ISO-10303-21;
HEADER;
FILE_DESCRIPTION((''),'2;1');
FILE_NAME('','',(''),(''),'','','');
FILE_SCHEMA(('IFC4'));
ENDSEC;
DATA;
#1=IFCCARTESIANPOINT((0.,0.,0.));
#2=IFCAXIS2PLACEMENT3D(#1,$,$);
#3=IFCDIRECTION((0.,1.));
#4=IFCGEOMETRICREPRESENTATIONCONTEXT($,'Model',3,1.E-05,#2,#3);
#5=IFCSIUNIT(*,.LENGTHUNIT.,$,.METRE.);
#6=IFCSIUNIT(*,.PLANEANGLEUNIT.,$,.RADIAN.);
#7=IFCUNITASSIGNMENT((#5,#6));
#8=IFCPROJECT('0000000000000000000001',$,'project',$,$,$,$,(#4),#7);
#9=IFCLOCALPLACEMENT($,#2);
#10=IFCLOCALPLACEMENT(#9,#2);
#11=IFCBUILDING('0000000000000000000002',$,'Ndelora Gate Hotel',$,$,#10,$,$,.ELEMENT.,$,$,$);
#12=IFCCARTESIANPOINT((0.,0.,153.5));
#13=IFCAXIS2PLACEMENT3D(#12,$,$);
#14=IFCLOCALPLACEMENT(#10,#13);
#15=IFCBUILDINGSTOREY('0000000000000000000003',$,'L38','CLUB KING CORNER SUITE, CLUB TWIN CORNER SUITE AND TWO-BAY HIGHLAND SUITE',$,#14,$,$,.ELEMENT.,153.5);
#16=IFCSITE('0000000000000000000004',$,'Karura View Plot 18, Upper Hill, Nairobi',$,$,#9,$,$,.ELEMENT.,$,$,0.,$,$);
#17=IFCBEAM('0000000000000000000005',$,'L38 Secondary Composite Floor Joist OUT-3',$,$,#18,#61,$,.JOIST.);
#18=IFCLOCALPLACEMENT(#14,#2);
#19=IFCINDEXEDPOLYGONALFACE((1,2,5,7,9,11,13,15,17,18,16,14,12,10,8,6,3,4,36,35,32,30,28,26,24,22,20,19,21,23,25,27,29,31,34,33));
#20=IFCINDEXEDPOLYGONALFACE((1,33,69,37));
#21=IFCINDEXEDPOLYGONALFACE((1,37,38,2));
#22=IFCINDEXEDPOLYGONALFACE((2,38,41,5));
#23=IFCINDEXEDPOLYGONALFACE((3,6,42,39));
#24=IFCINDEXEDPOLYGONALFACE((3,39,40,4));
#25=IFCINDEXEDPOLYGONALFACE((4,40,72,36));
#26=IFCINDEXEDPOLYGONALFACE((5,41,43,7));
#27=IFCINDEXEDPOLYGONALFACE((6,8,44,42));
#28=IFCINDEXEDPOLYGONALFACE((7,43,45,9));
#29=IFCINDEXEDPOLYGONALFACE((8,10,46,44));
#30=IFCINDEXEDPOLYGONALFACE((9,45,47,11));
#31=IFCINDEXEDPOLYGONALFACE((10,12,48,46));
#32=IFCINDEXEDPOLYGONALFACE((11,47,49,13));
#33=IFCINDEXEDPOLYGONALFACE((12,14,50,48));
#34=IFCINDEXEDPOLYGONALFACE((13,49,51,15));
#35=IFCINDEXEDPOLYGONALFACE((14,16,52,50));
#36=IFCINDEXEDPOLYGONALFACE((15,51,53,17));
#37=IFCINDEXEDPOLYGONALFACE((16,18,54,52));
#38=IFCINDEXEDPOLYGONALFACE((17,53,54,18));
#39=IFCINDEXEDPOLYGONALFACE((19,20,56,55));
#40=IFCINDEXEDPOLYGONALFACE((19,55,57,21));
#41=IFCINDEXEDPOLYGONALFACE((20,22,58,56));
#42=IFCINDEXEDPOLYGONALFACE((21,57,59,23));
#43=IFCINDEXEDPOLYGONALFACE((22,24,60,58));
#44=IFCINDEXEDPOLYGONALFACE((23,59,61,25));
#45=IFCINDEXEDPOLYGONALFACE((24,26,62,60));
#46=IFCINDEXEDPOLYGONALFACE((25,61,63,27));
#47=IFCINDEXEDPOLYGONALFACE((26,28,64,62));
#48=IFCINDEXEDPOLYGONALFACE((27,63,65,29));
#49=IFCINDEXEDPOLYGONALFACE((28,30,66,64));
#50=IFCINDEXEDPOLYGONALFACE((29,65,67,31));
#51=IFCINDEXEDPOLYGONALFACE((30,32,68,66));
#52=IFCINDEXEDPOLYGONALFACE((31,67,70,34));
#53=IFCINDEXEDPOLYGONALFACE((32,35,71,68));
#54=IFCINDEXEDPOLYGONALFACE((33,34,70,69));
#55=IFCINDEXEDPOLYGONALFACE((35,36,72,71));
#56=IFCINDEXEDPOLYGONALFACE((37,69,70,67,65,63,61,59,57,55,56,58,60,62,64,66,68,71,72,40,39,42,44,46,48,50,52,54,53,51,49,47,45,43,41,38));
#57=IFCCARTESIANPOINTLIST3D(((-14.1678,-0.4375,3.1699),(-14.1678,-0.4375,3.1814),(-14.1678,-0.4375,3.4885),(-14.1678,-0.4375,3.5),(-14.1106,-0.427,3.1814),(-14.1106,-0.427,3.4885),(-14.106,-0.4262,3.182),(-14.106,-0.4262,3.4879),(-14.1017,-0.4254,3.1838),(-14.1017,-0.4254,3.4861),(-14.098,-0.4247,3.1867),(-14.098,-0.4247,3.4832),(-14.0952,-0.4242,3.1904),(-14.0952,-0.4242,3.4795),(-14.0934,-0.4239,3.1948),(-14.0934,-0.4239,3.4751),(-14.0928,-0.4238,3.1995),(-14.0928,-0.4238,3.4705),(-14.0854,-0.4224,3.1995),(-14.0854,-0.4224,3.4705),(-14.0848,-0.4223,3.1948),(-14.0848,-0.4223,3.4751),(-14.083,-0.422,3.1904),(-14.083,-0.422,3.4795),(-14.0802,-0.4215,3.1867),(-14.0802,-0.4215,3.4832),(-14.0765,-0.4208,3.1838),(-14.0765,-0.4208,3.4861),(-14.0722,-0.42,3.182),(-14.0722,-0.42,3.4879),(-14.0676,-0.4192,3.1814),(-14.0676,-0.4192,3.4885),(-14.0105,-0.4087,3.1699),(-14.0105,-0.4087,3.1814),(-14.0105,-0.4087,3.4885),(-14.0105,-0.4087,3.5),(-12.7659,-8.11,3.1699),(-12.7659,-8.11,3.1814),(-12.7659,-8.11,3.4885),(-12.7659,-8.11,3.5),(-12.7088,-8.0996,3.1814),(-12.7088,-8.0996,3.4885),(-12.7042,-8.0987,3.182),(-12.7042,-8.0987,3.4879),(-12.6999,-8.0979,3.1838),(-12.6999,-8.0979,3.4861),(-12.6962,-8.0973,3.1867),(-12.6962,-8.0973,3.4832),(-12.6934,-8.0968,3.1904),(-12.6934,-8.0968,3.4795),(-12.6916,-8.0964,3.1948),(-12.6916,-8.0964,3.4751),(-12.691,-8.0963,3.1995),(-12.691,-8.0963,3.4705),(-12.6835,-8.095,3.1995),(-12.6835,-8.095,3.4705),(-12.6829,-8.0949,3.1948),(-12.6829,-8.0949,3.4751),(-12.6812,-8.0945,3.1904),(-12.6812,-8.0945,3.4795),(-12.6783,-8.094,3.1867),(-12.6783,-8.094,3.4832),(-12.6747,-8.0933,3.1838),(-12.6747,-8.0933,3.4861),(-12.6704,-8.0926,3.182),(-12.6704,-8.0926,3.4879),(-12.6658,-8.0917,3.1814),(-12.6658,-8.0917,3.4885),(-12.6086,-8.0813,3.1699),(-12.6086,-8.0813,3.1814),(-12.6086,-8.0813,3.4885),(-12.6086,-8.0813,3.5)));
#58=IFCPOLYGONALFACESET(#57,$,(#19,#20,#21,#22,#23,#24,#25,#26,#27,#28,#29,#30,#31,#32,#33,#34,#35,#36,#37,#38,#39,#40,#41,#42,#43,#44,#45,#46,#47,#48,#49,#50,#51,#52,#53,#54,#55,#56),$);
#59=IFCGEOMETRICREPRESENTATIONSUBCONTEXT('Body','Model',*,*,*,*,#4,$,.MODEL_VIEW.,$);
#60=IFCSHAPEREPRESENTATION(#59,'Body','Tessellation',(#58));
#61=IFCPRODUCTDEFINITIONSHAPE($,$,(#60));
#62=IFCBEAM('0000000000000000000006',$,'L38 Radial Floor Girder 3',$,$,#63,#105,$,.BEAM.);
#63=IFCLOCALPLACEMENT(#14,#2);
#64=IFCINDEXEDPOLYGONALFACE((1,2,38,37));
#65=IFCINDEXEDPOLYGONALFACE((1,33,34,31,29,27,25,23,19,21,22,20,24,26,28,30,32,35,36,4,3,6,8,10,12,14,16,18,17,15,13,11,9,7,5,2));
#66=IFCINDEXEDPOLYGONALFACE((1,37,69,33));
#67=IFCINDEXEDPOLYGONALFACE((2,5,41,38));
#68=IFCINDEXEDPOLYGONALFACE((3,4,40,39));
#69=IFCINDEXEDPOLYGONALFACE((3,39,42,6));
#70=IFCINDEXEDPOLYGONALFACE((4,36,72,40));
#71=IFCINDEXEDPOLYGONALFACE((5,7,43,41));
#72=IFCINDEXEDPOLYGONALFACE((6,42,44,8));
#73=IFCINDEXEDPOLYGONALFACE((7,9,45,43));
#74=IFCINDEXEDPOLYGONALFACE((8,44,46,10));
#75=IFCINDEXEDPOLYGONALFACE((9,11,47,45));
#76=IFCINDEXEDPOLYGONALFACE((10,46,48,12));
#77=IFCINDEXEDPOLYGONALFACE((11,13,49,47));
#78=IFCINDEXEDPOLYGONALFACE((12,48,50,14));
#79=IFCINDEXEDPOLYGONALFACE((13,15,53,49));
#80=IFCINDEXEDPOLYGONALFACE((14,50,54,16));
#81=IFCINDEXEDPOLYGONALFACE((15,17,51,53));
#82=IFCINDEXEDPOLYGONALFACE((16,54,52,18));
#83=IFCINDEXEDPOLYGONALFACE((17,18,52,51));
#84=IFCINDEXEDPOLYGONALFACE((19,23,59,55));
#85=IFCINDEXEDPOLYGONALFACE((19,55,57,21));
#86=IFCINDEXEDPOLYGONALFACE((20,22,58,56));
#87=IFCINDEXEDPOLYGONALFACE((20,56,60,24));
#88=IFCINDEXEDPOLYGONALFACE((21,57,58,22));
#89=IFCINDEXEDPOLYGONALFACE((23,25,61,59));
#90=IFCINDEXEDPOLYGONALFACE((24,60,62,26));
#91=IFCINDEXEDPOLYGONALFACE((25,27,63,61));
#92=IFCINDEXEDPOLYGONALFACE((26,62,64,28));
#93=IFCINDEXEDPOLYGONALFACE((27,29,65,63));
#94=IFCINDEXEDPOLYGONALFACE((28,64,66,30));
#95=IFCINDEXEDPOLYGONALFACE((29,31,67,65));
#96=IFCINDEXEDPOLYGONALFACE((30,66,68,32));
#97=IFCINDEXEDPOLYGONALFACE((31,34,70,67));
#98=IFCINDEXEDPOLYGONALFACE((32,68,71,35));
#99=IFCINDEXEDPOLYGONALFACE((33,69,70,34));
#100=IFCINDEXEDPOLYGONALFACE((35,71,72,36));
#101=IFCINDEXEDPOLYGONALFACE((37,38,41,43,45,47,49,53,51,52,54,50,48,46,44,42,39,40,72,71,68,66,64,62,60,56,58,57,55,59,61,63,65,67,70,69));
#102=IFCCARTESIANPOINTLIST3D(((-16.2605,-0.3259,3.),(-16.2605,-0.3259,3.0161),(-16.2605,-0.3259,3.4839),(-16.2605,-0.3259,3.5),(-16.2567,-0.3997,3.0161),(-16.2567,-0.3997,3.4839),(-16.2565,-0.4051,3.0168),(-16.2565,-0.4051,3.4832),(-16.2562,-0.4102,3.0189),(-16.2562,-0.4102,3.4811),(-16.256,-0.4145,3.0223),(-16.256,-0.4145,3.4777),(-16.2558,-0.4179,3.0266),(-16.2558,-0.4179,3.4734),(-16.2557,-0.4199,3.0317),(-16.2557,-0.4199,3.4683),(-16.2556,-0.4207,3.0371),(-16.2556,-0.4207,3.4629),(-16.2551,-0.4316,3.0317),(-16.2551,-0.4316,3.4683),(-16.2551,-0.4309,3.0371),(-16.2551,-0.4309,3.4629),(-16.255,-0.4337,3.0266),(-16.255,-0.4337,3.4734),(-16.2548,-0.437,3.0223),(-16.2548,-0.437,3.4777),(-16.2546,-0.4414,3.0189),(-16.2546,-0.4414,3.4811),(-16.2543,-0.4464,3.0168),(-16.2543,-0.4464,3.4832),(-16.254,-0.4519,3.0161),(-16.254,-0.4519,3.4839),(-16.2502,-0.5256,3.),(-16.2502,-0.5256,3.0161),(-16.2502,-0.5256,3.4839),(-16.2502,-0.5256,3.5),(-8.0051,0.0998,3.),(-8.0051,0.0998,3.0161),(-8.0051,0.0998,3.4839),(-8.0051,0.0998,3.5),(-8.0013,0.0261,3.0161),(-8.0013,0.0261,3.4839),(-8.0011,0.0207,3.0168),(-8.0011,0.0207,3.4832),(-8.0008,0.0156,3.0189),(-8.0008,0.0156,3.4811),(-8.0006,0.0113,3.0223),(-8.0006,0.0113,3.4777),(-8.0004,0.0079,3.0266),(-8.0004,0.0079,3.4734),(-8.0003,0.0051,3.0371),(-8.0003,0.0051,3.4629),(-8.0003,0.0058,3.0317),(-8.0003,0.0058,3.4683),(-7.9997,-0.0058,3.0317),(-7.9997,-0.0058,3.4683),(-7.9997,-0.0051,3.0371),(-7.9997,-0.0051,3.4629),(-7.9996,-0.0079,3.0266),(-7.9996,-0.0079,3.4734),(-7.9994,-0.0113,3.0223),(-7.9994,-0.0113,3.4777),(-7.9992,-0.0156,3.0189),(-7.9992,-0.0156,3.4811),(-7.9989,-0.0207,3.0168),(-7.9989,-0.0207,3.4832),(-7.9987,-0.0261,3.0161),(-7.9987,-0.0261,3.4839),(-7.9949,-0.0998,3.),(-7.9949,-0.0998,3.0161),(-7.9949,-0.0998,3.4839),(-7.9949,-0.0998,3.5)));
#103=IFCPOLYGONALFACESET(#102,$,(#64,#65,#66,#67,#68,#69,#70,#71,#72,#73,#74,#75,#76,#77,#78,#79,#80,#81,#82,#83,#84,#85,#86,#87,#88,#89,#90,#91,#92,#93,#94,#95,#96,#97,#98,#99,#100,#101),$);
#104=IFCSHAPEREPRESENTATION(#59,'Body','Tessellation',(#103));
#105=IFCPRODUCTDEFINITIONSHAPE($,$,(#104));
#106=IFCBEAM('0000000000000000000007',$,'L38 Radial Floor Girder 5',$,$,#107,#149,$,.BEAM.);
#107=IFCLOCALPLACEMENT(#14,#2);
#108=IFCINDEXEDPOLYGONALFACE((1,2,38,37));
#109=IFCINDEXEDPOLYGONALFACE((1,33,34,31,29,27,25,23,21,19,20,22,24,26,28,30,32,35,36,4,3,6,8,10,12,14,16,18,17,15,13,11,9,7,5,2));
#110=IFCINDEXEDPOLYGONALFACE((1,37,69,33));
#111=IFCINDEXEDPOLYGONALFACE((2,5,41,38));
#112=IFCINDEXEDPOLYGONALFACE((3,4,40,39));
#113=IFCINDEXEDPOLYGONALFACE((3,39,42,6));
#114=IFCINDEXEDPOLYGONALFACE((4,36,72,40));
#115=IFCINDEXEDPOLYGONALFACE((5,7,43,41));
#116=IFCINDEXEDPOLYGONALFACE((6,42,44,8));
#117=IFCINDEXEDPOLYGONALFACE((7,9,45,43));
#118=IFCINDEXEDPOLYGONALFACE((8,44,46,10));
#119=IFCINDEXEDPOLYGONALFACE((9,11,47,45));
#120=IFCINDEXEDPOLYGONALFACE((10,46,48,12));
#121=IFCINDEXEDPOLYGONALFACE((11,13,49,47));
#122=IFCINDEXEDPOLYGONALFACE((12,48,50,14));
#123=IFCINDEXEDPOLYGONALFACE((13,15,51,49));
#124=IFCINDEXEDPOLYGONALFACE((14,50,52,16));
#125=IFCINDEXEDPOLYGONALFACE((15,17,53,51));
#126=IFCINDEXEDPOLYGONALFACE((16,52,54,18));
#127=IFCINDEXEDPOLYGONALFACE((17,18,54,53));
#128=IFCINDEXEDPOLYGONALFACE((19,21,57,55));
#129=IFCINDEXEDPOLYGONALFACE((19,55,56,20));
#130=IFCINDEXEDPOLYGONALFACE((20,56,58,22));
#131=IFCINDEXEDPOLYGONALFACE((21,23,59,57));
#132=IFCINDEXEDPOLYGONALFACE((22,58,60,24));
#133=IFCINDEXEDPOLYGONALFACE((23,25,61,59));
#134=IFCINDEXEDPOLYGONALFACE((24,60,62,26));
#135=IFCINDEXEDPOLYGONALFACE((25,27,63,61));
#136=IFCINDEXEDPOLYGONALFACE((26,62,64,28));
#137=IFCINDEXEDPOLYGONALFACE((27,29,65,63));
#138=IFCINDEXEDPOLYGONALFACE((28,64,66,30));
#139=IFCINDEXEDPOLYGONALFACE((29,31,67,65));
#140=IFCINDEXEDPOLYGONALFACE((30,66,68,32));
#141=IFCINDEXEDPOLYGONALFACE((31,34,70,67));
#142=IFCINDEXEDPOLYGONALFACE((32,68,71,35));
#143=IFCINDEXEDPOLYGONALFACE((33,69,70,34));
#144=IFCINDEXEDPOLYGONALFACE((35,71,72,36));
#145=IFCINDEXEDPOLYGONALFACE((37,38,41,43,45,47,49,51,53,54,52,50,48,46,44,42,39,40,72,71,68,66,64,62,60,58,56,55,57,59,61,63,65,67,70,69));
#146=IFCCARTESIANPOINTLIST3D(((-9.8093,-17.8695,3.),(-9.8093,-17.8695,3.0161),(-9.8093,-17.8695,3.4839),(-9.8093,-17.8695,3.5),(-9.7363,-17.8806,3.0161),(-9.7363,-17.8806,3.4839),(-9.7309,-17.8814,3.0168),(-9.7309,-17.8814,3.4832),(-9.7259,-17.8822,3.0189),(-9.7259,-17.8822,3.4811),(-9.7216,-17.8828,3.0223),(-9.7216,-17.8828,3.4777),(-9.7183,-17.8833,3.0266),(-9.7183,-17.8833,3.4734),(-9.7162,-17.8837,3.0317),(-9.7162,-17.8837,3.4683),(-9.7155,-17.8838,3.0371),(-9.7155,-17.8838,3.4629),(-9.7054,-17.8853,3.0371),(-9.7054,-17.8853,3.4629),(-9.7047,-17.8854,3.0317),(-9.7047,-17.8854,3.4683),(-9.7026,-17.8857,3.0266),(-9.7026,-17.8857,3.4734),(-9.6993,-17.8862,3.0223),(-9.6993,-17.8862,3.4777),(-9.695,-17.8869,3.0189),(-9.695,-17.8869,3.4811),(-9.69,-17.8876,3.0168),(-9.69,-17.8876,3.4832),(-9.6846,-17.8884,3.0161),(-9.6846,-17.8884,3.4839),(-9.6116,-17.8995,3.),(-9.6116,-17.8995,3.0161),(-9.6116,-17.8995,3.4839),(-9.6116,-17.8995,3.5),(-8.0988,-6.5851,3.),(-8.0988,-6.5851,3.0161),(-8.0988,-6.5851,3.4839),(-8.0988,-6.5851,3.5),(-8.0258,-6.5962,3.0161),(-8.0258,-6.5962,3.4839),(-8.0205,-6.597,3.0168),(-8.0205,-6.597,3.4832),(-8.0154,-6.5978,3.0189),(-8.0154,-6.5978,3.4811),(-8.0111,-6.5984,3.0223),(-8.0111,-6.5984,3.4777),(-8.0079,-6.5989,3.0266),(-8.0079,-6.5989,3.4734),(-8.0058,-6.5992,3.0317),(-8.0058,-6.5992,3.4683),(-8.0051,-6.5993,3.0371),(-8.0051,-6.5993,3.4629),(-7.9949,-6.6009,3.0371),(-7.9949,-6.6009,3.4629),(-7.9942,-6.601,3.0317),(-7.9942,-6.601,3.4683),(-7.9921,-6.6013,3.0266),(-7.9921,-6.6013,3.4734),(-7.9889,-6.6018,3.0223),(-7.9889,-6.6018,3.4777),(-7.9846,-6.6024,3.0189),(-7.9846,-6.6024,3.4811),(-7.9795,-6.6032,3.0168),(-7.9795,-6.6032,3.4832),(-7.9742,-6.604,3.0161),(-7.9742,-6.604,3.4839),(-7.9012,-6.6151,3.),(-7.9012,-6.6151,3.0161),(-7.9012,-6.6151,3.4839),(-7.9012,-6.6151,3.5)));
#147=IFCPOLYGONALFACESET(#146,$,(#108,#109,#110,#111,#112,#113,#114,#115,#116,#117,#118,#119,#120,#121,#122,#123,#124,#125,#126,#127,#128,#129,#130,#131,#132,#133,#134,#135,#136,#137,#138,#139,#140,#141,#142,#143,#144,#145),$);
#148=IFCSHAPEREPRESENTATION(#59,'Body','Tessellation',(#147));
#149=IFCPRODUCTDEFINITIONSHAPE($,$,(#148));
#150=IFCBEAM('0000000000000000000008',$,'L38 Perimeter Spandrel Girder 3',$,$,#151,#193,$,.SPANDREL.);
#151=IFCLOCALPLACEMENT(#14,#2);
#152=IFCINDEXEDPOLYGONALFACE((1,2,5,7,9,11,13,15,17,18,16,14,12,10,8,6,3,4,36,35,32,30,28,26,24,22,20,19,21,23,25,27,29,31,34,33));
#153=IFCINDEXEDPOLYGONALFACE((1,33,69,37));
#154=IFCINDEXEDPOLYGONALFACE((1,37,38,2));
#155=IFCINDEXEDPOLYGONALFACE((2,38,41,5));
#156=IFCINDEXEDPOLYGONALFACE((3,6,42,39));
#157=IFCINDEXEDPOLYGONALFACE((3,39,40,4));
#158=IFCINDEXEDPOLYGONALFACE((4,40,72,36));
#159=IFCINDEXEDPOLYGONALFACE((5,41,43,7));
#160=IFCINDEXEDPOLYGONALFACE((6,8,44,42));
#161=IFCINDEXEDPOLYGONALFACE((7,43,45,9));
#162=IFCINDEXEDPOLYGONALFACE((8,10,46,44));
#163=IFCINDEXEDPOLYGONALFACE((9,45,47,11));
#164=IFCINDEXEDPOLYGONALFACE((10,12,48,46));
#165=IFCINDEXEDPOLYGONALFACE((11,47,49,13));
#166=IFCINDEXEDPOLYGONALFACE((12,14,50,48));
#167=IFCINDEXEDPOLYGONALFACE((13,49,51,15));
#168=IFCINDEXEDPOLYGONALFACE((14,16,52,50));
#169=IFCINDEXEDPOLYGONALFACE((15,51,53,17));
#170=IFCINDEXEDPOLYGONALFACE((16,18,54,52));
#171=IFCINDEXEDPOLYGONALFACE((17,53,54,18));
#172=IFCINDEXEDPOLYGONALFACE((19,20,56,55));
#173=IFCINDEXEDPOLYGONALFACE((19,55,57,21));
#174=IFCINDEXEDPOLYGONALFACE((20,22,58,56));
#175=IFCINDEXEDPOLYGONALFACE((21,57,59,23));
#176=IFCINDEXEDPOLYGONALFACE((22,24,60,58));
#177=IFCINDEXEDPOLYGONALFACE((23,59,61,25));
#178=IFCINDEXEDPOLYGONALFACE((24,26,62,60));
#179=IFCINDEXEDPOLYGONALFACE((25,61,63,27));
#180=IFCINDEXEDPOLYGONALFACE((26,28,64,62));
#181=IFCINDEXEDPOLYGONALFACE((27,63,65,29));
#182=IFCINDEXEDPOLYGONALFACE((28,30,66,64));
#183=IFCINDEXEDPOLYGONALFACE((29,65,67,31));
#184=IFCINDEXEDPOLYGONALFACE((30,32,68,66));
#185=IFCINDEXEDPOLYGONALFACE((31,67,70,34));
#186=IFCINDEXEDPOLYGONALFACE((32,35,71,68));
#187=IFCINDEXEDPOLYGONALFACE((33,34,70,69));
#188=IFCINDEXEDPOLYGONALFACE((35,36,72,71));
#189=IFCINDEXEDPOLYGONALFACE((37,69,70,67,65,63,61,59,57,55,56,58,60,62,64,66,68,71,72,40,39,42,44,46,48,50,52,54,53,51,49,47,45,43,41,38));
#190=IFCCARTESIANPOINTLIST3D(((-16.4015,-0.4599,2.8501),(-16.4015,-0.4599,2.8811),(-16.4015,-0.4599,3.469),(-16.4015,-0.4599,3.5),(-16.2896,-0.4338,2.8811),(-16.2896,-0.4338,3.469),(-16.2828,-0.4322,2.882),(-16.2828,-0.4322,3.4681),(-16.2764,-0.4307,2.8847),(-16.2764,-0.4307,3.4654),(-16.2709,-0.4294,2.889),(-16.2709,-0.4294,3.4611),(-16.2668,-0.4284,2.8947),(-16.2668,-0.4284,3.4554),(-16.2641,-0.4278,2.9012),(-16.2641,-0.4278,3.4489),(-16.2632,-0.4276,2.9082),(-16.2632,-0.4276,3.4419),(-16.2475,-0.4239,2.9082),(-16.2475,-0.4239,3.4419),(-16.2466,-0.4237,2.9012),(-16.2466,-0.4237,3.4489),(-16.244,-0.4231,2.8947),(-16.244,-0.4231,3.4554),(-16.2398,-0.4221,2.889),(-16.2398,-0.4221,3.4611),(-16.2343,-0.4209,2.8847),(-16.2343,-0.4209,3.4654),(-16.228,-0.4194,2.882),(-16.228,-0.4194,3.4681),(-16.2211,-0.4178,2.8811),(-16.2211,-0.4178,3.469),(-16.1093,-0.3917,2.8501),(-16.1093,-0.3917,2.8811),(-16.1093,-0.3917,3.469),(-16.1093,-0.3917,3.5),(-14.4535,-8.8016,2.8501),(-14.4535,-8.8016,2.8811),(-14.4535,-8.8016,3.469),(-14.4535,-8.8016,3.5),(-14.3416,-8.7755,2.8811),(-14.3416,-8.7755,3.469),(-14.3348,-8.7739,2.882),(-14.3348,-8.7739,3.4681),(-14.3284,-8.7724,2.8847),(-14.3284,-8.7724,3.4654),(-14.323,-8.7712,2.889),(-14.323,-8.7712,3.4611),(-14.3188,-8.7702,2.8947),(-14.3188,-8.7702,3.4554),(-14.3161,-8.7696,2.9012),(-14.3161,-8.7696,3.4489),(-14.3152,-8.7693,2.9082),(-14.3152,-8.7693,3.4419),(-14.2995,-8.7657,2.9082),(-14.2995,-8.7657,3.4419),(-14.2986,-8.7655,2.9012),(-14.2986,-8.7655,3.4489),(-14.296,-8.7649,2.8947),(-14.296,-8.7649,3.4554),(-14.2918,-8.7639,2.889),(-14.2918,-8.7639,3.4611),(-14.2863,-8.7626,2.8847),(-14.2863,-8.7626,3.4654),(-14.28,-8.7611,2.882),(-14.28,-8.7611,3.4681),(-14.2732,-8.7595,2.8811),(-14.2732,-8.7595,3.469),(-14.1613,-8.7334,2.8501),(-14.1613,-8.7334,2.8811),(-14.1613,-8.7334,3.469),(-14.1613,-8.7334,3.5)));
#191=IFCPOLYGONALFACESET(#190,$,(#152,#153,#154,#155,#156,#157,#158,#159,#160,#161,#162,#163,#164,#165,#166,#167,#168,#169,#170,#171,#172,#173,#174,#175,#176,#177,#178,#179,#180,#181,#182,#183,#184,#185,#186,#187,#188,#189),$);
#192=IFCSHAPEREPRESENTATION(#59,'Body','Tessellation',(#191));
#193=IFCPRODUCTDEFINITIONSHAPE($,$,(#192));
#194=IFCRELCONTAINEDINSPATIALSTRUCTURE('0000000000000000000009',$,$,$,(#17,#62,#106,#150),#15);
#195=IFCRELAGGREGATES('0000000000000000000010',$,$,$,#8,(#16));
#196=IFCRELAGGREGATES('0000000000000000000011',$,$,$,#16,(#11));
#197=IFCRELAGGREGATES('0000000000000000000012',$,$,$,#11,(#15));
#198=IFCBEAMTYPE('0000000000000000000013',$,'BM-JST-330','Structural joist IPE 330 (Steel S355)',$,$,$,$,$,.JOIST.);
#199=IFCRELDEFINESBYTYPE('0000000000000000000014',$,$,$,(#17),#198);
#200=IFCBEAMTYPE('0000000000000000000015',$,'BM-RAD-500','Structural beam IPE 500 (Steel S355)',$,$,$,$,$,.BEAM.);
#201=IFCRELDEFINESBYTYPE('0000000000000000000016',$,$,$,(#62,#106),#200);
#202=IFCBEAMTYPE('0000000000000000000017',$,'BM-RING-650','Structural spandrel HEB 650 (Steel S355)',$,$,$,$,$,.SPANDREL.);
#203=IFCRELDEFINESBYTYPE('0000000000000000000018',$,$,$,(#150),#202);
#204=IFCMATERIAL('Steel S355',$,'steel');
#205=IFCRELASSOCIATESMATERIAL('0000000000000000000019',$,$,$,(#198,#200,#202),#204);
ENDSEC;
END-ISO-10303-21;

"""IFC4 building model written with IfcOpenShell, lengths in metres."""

from ifc_helpers import new_model, si_unit, direction, frame, origin, origin_2d, place, context, subcontext, project, spatial, i_section, extrude, material, material_profile, profile_set, type_object, element, save


model = new_model("IFC4")

# Units and contexts
model_context = context("Model", 3, precision=1e-05, world=origin(), true_north=direction((0.0, 1.0)))
body_context = subcontext(model_context, "Body", "Model", "MODEL_VIEW")
ifc_project = project(units=[si_unit("LENGTHUNIT", "METRE"), si_unit("PLANEANGLEUNIT", "RADIAN")], contexts=[model_context])

# Site, building, storey
site_placement = place(None, origin())
site = spatial("IfcSite", under=ifc_project, at=site_placement, Name="Karura View Plot 18, Upper Hill, Nairobi", CompositionType="ELEMENT", RefElevation=0.0)
building_placement = place(site_placement, origin())
building = spatial("IfcBuilding", under=site, at=building_placement, Name="Ndelora Gate Hotel", CompositionType="ELEMENT")
storey_placement = place(building_placement, frame((0.0, 0.0, 153.5)))
storey = spatial("IfcBuildingStorey", under=building, at=storey_placement, Name="L38", Description="CLUB KING CORNER SUITE, CLUB TWIN CORNER SUITE AND TWO-BAY HIGHLAND SUITE", CompositionType="ELEMENT", Elevation=153.5)

# Beams
ifc_material_1 = material(Name="Steel S355", Category="steel")
ifc_material_profile_1 = material_profile(ifc_material_1, i_section(OverallWidth=0.1599, OverallDepth=0.3301, WebThickness=0.0076, FlangeThickness=0.0115, FilletRadius=0.0181, at=origin_2d()), Name="IPE 330")
ifc_profile_set_1 = profile_set([ifc_material_profile_1], Name="Steel S355")
beam_type_1 = type_object("IfcBeamType", Name="BM-JST-330", Description="Structural joist IPE 330 (Steel S355)", PredefinedType="JOIST", material=ifc_profile_set_1)
beam_1_placement = place(storey_placement, frame((-14.0891, -0.4231, 3.335), z_axis=(0.179734, -0.983715, 0.0), x_axis=(0.983715, 0.179734, 0.0)))
element("IfcBeam", 1, at=beam_1_placement, inside=storey, type_object=beam_type_1, Name="L38 Secondary Composite Floor Joist OUT-3", PredefinedType="JOIST", context=body_context, shape_type="SweptSolid", body=[
    extrude(i_section(OverallWidth=0.1599, OverallDepth=0.3301, WebThickness=0.0076, FlangeThickness=0.0115, FilletRadius=0.0181, at=origin_2d()), origin(), (0.0, 0.0, 1.0), 7.7996),
])
ifc_material_profile_2 = material_profile(ifc_material_1, i_section(OverallWidth=0.2, OverallDepth=0.5, WebThickness=0.0103, FlangeThickness=0.0161, FilletRadius=0.021, at=origin_2d()), Name="IPE 500")
ifc_profile_set_2 = profile_set([ifc_material_profile_2], Name="Steel S355")
beam_type_2 = type_object("IfcBeamType", Name="BM-RAD-500", Description="Structural beam IPE 500 (Steel S355)", PredefinedType="BEAM", material=ifc_profile_set_2)
beam_2_placement = place(storey_placement, frame((-8.0, 0.0, 3.25), z_axis=(-0.998673, -0.051508, 0.0), x_axis=(0.051508, -0.998673, 0.0)))
element("IfcBeam", 2, at=beam_2_placement, inside=storey, type_object=beam_type_2, Name="L38 Radial Floor Girder 3", PredefinedType="BEAM", context=body_context, shape_type="SweptSolid", body=[
    extrude(i_section(OverallWidth=0.2, OverallDepth=0.5, WebThickness=0.0103, FlangeThickness=0.0161, FilletRadius=0.021, at=origin_2d()), origin(), (0.0, 0.0, 1.0), 8.2664),
])
beam_3_placement = place(storey_placement, frame((-8.0, -6.6001, 3.25), z_axis=(-0.149864, -0.988707, 0.0), x_axis=(0.988707, -0.149864, 0.0)))
element("IfcBeam", 3, at=beam_3_placement, inside=storey, type_object=beam_type_2, Name="L38 Radial Floor Girder 5", PredefinedType="BEAM", context=body_context, shape_type="SweptSolid", body=[
    extrude(i_section(OverallWidth=0.2, OverallDepth=0.5, WebThickness=0.0103, FlangeThickness=0.0161, FilletRadius=0.021, at=origin_2d()), origin(), (0.0, 0.0, 1.0), 11.4133),
])
ifc_material_profile_3 = material_profile(ifc_material_1, i_section(OverallWidth=0.3, OverallDepth=0.6499, WebThickness=0.0161, FlangeThickness=0.031, FilletRadius=0.0271, at=origin_2d()), Name="HEB 650")
ifc_profile_set_3 = profile_set([ifc_material_profile_3], Name="Steel S355")
beam_type_3 = type_object("IfcBeamType", Name="BM-RING-650", Description="Structural spandrel HEB 650 (Steel S355)", PredefinedType="SPANDREL", material=ifc_profile_set_3)
beam_4_placement = place(storey_placement, frame((-16.2554, -0.4258, 3.175), z_axis=(0.227404, -0.9738, 0.0), x_axis=(0.9738, 0.227404, 0.0)))
element("IfcBeam", 4, at=beam_4_placement, inside=storey, type_object=beam_type_3, Name="L38 Perimeter Spandrel Girder 3", PredefinedType="SPANDREL", context=body_context, shape_type="SweptSolid", body=[
    extrude(i_section(OverallWidth=0.3, OverallDepth=0.6499, WebThickness=0.0161, FlangeThickness=0.031, FilletRadius=0.0271, at=origin_2d()), origin(), (0.0, 0.0, 1.0), 8.5662),
])

save(model, "model.ifc")
